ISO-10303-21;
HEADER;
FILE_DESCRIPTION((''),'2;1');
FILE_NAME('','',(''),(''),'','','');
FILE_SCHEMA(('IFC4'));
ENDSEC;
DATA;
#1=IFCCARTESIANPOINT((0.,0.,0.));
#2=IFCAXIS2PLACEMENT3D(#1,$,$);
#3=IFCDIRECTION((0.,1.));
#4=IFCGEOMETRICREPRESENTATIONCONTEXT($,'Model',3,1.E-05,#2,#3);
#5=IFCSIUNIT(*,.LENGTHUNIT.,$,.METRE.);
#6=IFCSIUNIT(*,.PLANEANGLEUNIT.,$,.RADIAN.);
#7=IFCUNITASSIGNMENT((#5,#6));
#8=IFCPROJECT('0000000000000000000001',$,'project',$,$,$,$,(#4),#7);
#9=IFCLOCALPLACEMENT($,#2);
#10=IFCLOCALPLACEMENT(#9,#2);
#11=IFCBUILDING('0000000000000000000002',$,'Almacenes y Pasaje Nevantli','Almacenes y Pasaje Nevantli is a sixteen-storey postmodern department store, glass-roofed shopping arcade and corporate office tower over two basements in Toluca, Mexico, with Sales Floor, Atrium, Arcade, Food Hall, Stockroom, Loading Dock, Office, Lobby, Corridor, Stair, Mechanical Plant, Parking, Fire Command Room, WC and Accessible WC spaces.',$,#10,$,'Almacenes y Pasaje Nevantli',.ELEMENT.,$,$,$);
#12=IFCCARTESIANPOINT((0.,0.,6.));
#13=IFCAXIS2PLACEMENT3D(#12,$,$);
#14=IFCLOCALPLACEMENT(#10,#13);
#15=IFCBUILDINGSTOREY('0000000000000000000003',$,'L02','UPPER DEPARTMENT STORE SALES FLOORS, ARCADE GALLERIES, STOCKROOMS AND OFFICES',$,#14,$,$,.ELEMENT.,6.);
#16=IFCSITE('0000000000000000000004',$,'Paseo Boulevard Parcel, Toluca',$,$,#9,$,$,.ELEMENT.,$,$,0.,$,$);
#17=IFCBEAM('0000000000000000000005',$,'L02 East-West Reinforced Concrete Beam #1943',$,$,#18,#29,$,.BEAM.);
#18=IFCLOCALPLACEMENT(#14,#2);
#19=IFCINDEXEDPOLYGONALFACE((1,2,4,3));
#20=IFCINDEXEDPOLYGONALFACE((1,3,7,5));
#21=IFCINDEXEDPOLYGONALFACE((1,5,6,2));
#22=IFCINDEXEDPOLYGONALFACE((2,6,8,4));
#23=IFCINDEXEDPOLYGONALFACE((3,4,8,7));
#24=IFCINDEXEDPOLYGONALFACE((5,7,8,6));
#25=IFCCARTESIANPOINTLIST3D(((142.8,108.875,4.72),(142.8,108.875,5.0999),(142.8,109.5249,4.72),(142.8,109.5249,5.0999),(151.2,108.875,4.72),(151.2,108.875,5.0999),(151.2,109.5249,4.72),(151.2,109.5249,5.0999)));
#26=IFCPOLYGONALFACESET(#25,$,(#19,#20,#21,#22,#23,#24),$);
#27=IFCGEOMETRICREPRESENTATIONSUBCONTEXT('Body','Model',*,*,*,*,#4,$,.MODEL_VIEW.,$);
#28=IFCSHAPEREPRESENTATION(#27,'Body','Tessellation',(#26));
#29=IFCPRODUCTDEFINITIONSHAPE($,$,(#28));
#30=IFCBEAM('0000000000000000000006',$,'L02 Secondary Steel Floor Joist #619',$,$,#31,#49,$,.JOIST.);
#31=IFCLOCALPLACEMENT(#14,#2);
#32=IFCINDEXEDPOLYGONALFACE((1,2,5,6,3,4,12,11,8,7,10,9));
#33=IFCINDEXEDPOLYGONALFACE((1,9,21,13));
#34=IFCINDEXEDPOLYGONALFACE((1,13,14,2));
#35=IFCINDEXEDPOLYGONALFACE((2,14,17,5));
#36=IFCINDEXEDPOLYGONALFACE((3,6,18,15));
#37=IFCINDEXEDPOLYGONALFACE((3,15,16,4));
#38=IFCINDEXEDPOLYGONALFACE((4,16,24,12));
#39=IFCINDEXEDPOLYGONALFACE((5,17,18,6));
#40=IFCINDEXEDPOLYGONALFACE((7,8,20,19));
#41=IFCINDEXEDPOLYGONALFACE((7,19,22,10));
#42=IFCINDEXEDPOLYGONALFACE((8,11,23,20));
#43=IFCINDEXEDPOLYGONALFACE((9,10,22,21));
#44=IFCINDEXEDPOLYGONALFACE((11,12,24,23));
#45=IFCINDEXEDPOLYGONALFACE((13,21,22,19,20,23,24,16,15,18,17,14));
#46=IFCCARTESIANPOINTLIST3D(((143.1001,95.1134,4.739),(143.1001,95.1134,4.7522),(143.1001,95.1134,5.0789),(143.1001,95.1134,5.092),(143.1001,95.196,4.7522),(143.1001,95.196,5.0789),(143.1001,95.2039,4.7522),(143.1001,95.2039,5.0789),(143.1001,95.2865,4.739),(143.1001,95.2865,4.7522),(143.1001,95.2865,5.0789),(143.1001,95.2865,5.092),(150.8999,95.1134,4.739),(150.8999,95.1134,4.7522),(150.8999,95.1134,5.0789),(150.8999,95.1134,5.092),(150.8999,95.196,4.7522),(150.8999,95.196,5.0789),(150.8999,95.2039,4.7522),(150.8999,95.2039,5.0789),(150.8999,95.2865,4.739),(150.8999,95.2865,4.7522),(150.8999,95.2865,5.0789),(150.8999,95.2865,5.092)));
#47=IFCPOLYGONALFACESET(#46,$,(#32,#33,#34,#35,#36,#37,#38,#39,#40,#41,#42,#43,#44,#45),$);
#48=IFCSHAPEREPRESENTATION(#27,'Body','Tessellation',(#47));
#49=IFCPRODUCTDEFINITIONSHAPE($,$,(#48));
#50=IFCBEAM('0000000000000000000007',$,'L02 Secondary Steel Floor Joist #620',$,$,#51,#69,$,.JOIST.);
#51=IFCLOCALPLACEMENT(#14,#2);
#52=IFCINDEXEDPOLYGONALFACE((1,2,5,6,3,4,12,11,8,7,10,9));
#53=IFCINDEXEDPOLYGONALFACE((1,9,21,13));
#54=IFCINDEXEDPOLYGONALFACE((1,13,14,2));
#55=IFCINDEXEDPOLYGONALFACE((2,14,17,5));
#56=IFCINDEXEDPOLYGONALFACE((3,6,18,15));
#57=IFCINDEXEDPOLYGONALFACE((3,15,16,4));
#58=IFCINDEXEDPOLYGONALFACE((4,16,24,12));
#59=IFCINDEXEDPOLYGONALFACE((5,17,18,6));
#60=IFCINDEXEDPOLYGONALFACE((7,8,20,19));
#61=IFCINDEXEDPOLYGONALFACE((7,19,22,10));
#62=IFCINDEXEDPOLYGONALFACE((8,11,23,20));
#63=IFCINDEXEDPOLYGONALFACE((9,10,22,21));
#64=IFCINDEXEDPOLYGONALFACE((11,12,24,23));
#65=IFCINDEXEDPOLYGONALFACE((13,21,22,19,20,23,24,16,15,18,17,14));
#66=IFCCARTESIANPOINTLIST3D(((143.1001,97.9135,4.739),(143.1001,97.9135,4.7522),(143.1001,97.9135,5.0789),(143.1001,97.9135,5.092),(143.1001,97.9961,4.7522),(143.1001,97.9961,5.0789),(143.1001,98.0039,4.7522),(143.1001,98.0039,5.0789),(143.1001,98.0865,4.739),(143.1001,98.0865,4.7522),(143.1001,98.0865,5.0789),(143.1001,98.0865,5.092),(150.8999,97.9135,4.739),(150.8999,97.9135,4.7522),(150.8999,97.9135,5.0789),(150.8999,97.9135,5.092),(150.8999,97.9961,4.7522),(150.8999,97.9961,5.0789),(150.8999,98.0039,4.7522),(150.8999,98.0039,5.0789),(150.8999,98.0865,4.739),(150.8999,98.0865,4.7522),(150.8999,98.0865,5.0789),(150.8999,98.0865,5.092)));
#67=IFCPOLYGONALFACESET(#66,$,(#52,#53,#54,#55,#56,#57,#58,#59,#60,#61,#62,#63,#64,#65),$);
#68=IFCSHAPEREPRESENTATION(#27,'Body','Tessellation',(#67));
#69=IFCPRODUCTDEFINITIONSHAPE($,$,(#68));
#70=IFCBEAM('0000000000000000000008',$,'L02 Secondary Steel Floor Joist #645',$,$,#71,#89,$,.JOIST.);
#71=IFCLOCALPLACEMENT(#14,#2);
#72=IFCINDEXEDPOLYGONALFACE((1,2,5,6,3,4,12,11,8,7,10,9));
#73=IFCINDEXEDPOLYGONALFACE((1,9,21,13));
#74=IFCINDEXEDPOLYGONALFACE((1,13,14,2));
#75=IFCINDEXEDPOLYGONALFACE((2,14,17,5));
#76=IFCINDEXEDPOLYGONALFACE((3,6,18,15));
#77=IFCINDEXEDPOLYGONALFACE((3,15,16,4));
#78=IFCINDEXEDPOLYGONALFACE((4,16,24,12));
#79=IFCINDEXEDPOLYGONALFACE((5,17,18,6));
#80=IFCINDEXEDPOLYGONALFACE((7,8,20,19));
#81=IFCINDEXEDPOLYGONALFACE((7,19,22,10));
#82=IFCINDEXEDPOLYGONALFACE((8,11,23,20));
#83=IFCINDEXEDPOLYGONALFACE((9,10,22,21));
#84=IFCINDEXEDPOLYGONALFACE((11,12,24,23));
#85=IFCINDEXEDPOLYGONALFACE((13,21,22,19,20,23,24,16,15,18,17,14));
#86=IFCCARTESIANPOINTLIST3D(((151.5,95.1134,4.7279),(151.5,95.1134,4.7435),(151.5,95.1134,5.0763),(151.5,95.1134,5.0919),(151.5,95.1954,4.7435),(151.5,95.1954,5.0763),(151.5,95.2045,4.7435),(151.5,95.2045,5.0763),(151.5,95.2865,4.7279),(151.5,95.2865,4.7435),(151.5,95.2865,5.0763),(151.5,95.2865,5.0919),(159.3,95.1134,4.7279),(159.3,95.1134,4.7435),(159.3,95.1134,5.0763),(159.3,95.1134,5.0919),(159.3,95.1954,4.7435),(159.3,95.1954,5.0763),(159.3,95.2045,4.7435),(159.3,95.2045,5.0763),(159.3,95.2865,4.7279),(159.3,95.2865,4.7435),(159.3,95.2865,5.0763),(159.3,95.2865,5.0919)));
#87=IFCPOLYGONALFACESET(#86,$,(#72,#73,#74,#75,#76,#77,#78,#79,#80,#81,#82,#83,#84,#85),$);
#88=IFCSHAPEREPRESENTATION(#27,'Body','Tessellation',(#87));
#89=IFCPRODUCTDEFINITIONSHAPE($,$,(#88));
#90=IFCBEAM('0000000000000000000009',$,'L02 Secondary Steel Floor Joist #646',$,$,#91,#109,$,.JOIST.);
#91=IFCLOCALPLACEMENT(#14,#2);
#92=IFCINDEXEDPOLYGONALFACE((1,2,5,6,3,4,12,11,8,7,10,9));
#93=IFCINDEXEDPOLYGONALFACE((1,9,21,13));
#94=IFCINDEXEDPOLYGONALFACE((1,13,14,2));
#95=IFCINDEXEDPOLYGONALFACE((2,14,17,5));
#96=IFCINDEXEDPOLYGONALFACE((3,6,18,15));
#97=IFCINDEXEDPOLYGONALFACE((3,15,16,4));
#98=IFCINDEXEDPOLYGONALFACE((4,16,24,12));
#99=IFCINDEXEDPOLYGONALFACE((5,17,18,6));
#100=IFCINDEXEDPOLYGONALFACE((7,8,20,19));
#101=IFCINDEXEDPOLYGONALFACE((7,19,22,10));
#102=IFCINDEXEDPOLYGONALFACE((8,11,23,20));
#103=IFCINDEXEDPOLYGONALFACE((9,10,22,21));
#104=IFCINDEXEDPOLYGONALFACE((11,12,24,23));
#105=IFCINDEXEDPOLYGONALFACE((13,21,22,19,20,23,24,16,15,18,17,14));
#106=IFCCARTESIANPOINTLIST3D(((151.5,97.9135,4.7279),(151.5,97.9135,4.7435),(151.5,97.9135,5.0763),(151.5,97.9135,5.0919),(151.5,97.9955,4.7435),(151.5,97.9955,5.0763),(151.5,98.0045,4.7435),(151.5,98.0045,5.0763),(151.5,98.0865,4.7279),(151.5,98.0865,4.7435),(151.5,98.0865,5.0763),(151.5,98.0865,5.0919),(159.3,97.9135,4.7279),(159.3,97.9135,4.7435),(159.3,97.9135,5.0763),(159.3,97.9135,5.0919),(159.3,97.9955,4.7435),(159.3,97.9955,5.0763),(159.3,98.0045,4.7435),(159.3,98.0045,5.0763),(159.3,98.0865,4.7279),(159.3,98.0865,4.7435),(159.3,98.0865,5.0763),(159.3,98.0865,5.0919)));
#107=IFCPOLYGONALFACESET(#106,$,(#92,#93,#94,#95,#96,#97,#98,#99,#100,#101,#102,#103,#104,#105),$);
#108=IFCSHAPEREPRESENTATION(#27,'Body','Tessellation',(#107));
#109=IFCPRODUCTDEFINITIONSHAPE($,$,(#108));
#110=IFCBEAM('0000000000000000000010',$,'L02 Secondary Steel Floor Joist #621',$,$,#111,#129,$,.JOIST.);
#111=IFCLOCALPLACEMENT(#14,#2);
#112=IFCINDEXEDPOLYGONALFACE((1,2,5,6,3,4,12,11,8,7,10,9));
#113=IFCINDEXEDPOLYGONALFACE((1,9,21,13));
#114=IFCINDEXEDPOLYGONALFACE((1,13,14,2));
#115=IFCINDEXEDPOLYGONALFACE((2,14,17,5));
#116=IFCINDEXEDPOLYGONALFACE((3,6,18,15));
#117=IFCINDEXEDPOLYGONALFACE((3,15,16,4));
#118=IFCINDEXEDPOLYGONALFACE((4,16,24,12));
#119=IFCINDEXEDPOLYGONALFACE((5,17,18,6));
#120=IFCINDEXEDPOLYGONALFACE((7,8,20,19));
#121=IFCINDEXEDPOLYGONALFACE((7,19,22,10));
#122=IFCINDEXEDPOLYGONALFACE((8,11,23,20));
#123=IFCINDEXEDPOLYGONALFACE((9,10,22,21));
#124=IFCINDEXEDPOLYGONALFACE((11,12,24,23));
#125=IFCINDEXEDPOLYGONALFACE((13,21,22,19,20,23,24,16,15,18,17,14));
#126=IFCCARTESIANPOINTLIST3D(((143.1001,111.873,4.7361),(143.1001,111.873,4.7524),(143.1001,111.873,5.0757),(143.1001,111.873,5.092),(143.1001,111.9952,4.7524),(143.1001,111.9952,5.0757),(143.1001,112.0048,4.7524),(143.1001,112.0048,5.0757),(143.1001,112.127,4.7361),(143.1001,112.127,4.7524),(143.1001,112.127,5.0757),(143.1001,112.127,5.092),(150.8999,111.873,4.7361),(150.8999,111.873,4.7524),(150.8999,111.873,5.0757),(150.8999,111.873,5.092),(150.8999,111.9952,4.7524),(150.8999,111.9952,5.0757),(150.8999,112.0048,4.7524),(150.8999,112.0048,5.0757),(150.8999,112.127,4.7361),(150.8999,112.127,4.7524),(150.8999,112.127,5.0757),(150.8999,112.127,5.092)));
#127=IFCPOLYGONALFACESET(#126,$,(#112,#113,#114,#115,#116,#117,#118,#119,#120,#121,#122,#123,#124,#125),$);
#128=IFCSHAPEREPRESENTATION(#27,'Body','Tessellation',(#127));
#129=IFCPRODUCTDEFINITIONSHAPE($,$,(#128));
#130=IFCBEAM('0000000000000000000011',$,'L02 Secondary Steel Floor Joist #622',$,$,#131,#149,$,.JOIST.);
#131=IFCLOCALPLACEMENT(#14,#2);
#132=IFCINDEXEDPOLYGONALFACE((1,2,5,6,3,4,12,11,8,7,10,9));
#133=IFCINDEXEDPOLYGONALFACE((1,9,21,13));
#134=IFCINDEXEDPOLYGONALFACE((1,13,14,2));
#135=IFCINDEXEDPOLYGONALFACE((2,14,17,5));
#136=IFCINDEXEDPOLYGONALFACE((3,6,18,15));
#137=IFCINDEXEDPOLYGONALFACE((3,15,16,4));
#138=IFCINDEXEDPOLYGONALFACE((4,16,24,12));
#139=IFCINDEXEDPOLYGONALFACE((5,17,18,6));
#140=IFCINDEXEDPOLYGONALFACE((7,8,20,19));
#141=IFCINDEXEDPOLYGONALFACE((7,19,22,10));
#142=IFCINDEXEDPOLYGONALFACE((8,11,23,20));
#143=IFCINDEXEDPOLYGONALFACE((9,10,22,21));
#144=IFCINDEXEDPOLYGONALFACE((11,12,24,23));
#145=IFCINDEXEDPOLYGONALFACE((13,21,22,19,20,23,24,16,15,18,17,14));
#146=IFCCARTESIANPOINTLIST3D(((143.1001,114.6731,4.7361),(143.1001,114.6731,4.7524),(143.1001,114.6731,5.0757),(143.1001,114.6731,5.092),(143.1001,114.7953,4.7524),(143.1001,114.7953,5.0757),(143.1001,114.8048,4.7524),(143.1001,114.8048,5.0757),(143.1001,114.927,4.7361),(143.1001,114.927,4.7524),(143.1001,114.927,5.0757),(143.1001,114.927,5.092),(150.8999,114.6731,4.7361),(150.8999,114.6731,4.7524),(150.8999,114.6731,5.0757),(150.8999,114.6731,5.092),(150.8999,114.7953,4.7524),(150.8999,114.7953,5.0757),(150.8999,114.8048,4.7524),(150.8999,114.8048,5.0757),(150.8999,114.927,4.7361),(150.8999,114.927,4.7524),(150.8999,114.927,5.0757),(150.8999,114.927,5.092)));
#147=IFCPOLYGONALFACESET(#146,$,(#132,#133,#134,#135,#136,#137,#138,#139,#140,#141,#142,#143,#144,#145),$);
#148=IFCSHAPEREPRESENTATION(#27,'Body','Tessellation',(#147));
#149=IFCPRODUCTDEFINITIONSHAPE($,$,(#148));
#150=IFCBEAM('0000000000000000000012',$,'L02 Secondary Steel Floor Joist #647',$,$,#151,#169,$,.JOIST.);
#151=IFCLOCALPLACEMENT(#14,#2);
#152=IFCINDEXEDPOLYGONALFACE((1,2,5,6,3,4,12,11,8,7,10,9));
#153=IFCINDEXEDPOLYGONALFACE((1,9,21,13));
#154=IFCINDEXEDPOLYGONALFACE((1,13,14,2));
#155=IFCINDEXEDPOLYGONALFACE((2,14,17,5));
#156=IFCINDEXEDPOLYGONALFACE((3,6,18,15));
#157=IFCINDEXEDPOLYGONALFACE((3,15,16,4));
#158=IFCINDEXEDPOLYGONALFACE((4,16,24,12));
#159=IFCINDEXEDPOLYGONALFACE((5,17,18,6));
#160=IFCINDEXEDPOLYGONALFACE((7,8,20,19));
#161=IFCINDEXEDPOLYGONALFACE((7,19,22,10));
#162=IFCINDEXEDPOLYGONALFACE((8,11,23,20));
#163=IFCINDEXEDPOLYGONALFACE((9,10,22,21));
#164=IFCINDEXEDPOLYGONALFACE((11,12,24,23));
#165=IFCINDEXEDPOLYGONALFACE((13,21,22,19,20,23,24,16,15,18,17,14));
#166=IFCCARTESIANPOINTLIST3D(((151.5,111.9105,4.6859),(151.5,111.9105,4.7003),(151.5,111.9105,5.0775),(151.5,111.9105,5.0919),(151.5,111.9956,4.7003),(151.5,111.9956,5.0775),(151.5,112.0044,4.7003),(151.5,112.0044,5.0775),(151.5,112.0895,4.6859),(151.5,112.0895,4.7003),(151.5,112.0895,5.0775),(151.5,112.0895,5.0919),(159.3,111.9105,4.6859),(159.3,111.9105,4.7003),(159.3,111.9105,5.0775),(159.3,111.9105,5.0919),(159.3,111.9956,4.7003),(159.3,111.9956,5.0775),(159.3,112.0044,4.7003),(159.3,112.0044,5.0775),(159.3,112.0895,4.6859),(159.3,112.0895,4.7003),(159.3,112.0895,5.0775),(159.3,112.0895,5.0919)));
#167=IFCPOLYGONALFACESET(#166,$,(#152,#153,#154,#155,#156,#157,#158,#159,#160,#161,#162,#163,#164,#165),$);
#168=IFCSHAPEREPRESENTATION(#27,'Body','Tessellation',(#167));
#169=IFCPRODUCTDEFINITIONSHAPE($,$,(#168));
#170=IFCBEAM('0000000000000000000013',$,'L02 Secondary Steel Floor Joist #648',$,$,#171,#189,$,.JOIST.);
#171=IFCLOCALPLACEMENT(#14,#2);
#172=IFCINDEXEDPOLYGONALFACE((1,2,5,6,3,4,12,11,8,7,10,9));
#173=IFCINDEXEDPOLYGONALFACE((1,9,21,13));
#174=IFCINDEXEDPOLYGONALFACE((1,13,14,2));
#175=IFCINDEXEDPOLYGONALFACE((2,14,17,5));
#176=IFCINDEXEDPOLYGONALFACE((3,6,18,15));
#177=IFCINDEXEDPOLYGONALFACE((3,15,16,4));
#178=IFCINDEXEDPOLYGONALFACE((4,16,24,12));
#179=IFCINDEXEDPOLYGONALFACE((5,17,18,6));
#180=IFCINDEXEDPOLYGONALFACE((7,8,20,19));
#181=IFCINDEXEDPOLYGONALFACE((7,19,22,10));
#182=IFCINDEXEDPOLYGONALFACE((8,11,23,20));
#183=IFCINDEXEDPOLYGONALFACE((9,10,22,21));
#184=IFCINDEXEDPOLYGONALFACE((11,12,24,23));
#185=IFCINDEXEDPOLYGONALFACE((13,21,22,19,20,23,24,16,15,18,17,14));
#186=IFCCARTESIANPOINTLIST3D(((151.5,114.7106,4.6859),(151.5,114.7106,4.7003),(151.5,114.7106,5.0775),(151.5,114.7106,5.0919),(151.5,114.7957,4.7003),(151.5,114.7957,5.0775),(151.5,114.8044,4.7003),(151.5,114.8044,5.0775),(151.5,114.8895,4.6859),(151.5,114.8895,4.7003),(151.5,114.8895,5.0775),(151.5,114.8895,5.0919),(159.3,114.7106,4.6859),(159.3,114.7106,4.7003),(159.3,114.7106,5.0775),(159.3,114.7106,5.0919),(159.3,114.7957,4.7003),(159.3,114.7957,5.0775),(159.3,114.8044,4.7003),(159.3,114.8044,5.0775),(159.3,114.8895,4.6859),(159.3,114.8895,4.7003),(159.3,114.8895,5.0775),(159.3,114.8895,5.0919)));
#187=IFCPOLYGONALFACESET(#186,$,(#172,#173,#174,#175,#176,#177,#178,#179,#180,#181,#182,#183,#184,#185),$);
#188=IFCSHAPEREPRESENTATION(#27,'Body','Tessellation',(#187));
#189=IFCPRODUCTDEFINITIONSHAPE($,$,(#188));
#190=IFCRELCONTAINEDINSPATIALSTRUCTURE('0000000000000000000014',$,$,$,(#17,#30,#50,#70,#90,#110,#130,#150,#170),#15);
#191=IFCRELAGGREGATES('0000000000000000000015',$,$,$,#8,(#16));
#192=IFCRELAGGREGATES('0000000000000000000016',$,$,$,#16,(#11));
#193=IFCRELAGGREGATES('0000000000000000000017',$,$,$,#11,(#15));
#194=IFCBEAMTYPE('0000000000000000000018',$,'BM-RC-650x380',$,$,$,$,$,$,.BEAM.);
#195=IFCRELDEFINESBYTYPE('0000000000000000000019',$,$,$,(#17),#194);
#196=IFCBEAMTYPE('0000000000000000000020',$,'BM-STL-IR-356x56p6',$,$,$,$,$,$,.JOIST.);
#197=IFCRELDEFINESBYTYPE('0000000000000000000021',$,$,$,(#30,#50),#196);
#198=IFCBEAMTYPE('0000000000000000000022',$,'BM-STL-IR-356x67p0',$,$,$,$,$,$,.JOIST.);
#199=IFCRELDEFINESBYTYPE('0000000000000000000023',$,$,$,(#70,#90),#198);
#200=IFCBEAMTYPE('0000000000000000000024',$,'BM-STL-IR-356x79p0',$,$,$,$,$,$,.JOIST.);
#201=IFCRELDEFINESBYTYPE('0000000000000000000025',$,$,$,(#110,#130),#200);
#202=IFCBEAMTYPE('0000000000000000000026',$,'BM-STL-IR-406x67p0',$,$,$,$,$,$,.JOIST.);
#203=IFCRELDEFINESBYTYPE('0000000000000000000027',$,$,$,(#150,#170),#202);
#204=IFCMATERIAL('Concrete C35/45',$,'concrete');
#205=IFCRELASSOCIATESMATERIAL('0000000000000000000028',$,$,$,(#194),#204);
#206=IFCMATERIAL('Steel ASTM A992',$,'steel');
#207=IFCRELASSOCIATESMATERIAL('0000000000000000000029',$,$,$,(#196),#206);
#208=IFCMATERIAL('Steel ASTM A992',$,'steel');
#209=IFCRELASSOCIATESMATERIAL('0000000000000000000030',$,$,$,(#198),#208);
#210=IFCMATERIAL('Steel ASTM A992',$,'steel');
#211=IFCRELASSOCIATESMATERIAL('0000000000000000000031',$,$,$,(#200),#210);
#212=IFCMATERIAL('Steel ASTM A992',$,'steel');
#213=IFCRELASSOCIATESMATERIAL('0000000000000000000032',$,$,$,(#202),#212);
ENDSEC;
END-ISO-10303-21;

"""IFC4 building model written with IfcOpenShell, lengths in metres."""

from ifc_helpers import new_model, si_unit, direction, frame, origin, origin_2d, place, context, subcontext, project, spatial, rectangle, i_section, extrude, material, material_profile, profile_set, type_object, element, save


model = new_model("IFC4")

# Units and contexts
model_context = context("Model", 3, precision=1e-05, world=origin(), true_north=direction((0.0, 1.0)))
body_context = subcontext(model_context, "Body", "Model", "MODEL_VIEW")
ifc_project = project(units=[si_unit("LENGTHUNIT", "METRE"), si_unit("PLANEANGLEUNIT", "RADIAN")], contexts=[model_context])

# Site, building, storey
site_placement = place(None, origin())
site = spatial("IfcSite", under=ifc_project, at=site_placement, Name="Paseo Boulevard Parcel, Toluca", CompositionType="ELEMENT", RefElevation=0.0)
building_placement = place(site_placement, origin())
building = spatial("IfcBuilding", under=site, at=building_placement, Name="Almacenes y Pasaje Nevantli", Description="Almacenes y Pasaje Nevantli is a sixteen-storey postmodern department store, glass-roofed shopping arcade and corporate office tower over two basements in Toluca, Mexico, with Sales Floor, Atrium, Arcade, Food Hall, Stockroom, Loading Dock, Office, Lobby, Corridor, Stair, Mechanical Plant, Parking, Fire Command Room, WC and Accessible WC spaces.", LongName="Almacenes y Pasaje Nevantli", CompositionType="ELEMENT")
storey_placement = place(building_placement, frame((0.0, 0.0, 6.0)))
storey = spatial("IfcBuildingStorey", under=building, at=storey_placement, Name="L02", Description="UPPER DEPARTMENT STORE SALES FLOORS, ARCADE GALLERIES, STOCKROOMS AND OFFICES", CompositionType="ELEMENT", Elevation=6.0)

# Beams
ifc_material_1 = material(Name="Concrete C35/45", Category="concrete")
ifc_material_profile_1 = material_profile(ifc_material_1, rectangle(XDim=0.6499, YDim=0.3799, at=origin_2d()), Name="RC-BM-650x380")
ifc_profile_set_1 = profile_set([ifc_material_profile_1], Name="Concrete C35/45")
beam_type_1 = type_object("IfcBeamType", Name="BM-RC-650x380", PredefinedType="BEAM", material=ifc_profile_set_1)
beam_1_placement = place(storey_placement, frame((142.8, 109.2, 4.9099), z_axis=(1.0, 0.0, 0.0), x_axis=(0.0, 1.0, 0.0)))
element("IfcBeam", 1, at=beam_1_placement, inside=storey, type_object=beam_type_1, Name="L02 East-West Reinforced Concrete Beam #1943", PredefinedType="BEAM", context=body_context, shape_type="SweptSolid", body=[
    extrude(rectangle(XDim=0.6499, YDim=0.3799, at=origin_2d()), origin(), (0.0, 0.0, 1.0), 8.3999),
])
ifc_material_2 = material(Name="Steel ASTM A992", Category="steel")
ifc_material_profile_2 = material_profile(ifc_material_2, i_section(OverallWidth=0.1731, OverallDepth=0.353, WebThickness=0.0078, FlangeThickness=0.0132, at=origin_2d()), Name="IR 356x56.6")
ifc_profile_set_2 = profile_set([ifc_material_profile_2], Name="Steel ASTM A992")
beam_type_2 = type_object("IfcBeamType", Name="BM-STL-IR-356x56p6", PredefinedType="JOIST", material=ifc_profile_set_2)
for number, where, z_axis, x_axis, name in (
    (2, (143.1001, 95.2, 4.9155), (1.0, 0.0, 0.0), (0.0, 1.0, 0.0), "L02 Secondary Steel Floor Joist #619"),
    (3, (143.1001, 98.0, 4.9155), (1.0, 0.0, 0.0), (0.0, 1.0, 0.0), "L02 Secondary Steel Floor Joist #620"),
):
    element("IfcBeam", number, at=place(storey_placement, frame(where, z_axis=z_axis, x_axis=x_axis)), inside=storey, type_object=beam_type_2, Name=name, PredefinedType="JOIST", context=body_context, shape_type="SweptSolid", body=[
        extrude(i_section(OverallWidth=0.1731, OverallDepth=0.353, WebThickness=0.0078, FlangeThickness=0.0132, at=origin_2d()), origin(), (0.0, 0.0, 1.0), 7.7998),
    ])
ifc_material_3 = material(Name="Steel ASTM A992", Category="steel")
ifc_material_profile_3 = material_profile(ifc_material_3, i_section(OverallWidth=0.1731, OverallDepth=0.364, WebThickness=0.009, FlangeThickness=0.0156, at=origin_2d()), Name="IR 356x67.0")
ifc_profile_set_3 = profile_set([ifc_material_profile_3], Name="Steel ASTM A992")
beam_type_3 = type_object("IfcBeamType", Name="BM-STL-IR-356x67p0", PredefinedType="JOIST", material=ifc_profile_set_3)
for number, where, z_axis, x_axis, name in (
    (4, (151.5, 95.2, 4.9099), (1.0, 0.0, 0.0), (0.0, 1.0, 0.0), "L02 Secondary Steel Floor Joist #645"),
    (5, (151.5, 98.0, 4.9099), (1.0, 0.0, 0.0), (0.0, 1.0, 0.0), "L02 Secondary Steel Floor Joist #646"),
):
    element("IfcBeam", number, at=place(storey_placement, frame(where, z_axis=z_axis, x_axis=x_axis)), inside=storey, type_object=beam_type_3, Name=name, PredefinedType="JOIST", context=body_context, shape_type="SweptSolid", body=[
        extrude(i_section(OverallWidth=0.1731, OverallDepth=0.364, WebThickness=0.009, FlangeThickness=0.0156, at=origin_2d()), origin(), (0.0, 0.0, 1.0), 7.8),
    ])
ifc_material_4 = material(Name="Steel ASTM A992", Category="steel")
ifc_material_profile_4 = material_profile(ifc_material_4, i_section(OverallWidth=0.2539, OverallDepth=0.356, WebThickness=0.0095, FlangeThickness=0.0164, at=origin_2d()), Name="IR 356x79.0")
ifc_profile_set_4 = profile_set([ifc_material_profile_4], Name="Steel ASTM A992")
beam_type_4 = type_object("IfcBeamType", Name="BM-STL-IR-356x79p0", PredefinedType="JOIST", material=ifc_profile_set_4)
for number, where, z_axis, x_axis, name in (
    (6, (143.1001, 112.0, 4.9141), (1.0, 0.0, 0.0), (0.0, 1.0, 0.0), "L02 Secondary Steel Floor Joist #621"),
    (7, (143.1001, 114.8, 4.9141), (1.0, 0.0, 0.0), (0.0, 1.0, 0.0), "L02 Secondary Steel Floor Joist #622"),
):
    element("IfcBeam", number, at=place(storey_placement, frame(where, z_axis=z_axis, x_axis=x_axis)), inside=storey, type_object=beam_type_4, Name=name, PredefinedType="JOIST", context=body_context, shape_type="SweptSolid", body=[
        extrude(i_section(OverallWidth=0.2539, OverallDepth=0.356, WebThickness=0.0095, FlangeThickness=0.0164, at=origin_2d()), origin(), (0.0, 0.0, 1.0), 7.7998),
    ])
ifc_material_5 = material(Name="Steel ASTM A992", Category="steel")
ifc_material_profile_5 = material_profile(ifc_material_5, i_section(OverallWidth=0.179, OverallDepth=0.406, WebThickness=0.0088, FlangeThickness=0.0144, at=origin_2d()), Name="IR 406x67.0")
ifc_profile_set_5 = profile_set([ifc_material_profile_5], Name="Steel ASTM A992")
beam_type_5 = type_object("IfcBeamType", Name="BM-STL-IR-406x67p0", PredefinedType="JOIST", material=ifc_profile_set_5)
for number, where, z_axis, x_axis, name in (
    (8, (151.5, 112.0, 4.8889), (1.0, 0.0, 0.0), (0.0, 1.0, 0.0), "L02 Secondary Steel Floor Joist #647"),
    (9, (151.5, 114.8, 4.8889), (1.0, 0.0, 0.0), (0.0, 1.0, 0.0), "L02 Secondary Steel Floor Joist #648"),
):
    element("IfcBeam", number, at=place(storey_placement, frame(where, z_axis=z_axis, x_axis=x_axis)), inside=storey, type_object=beam_type_5, Name=name, PredefinedType="JOIST", context=body_context, shape_type="SweptSolid", body=[
        extrude(i_section(OverallWidth=0.179, OverallDepth=0.406, WebThickness=0.0088, FlangeThickness=0.0144, at=origin_2d()), origin(), (0.0, 0.0, 1.0), 7.8),
    ])

save(model, "model.ifc")
